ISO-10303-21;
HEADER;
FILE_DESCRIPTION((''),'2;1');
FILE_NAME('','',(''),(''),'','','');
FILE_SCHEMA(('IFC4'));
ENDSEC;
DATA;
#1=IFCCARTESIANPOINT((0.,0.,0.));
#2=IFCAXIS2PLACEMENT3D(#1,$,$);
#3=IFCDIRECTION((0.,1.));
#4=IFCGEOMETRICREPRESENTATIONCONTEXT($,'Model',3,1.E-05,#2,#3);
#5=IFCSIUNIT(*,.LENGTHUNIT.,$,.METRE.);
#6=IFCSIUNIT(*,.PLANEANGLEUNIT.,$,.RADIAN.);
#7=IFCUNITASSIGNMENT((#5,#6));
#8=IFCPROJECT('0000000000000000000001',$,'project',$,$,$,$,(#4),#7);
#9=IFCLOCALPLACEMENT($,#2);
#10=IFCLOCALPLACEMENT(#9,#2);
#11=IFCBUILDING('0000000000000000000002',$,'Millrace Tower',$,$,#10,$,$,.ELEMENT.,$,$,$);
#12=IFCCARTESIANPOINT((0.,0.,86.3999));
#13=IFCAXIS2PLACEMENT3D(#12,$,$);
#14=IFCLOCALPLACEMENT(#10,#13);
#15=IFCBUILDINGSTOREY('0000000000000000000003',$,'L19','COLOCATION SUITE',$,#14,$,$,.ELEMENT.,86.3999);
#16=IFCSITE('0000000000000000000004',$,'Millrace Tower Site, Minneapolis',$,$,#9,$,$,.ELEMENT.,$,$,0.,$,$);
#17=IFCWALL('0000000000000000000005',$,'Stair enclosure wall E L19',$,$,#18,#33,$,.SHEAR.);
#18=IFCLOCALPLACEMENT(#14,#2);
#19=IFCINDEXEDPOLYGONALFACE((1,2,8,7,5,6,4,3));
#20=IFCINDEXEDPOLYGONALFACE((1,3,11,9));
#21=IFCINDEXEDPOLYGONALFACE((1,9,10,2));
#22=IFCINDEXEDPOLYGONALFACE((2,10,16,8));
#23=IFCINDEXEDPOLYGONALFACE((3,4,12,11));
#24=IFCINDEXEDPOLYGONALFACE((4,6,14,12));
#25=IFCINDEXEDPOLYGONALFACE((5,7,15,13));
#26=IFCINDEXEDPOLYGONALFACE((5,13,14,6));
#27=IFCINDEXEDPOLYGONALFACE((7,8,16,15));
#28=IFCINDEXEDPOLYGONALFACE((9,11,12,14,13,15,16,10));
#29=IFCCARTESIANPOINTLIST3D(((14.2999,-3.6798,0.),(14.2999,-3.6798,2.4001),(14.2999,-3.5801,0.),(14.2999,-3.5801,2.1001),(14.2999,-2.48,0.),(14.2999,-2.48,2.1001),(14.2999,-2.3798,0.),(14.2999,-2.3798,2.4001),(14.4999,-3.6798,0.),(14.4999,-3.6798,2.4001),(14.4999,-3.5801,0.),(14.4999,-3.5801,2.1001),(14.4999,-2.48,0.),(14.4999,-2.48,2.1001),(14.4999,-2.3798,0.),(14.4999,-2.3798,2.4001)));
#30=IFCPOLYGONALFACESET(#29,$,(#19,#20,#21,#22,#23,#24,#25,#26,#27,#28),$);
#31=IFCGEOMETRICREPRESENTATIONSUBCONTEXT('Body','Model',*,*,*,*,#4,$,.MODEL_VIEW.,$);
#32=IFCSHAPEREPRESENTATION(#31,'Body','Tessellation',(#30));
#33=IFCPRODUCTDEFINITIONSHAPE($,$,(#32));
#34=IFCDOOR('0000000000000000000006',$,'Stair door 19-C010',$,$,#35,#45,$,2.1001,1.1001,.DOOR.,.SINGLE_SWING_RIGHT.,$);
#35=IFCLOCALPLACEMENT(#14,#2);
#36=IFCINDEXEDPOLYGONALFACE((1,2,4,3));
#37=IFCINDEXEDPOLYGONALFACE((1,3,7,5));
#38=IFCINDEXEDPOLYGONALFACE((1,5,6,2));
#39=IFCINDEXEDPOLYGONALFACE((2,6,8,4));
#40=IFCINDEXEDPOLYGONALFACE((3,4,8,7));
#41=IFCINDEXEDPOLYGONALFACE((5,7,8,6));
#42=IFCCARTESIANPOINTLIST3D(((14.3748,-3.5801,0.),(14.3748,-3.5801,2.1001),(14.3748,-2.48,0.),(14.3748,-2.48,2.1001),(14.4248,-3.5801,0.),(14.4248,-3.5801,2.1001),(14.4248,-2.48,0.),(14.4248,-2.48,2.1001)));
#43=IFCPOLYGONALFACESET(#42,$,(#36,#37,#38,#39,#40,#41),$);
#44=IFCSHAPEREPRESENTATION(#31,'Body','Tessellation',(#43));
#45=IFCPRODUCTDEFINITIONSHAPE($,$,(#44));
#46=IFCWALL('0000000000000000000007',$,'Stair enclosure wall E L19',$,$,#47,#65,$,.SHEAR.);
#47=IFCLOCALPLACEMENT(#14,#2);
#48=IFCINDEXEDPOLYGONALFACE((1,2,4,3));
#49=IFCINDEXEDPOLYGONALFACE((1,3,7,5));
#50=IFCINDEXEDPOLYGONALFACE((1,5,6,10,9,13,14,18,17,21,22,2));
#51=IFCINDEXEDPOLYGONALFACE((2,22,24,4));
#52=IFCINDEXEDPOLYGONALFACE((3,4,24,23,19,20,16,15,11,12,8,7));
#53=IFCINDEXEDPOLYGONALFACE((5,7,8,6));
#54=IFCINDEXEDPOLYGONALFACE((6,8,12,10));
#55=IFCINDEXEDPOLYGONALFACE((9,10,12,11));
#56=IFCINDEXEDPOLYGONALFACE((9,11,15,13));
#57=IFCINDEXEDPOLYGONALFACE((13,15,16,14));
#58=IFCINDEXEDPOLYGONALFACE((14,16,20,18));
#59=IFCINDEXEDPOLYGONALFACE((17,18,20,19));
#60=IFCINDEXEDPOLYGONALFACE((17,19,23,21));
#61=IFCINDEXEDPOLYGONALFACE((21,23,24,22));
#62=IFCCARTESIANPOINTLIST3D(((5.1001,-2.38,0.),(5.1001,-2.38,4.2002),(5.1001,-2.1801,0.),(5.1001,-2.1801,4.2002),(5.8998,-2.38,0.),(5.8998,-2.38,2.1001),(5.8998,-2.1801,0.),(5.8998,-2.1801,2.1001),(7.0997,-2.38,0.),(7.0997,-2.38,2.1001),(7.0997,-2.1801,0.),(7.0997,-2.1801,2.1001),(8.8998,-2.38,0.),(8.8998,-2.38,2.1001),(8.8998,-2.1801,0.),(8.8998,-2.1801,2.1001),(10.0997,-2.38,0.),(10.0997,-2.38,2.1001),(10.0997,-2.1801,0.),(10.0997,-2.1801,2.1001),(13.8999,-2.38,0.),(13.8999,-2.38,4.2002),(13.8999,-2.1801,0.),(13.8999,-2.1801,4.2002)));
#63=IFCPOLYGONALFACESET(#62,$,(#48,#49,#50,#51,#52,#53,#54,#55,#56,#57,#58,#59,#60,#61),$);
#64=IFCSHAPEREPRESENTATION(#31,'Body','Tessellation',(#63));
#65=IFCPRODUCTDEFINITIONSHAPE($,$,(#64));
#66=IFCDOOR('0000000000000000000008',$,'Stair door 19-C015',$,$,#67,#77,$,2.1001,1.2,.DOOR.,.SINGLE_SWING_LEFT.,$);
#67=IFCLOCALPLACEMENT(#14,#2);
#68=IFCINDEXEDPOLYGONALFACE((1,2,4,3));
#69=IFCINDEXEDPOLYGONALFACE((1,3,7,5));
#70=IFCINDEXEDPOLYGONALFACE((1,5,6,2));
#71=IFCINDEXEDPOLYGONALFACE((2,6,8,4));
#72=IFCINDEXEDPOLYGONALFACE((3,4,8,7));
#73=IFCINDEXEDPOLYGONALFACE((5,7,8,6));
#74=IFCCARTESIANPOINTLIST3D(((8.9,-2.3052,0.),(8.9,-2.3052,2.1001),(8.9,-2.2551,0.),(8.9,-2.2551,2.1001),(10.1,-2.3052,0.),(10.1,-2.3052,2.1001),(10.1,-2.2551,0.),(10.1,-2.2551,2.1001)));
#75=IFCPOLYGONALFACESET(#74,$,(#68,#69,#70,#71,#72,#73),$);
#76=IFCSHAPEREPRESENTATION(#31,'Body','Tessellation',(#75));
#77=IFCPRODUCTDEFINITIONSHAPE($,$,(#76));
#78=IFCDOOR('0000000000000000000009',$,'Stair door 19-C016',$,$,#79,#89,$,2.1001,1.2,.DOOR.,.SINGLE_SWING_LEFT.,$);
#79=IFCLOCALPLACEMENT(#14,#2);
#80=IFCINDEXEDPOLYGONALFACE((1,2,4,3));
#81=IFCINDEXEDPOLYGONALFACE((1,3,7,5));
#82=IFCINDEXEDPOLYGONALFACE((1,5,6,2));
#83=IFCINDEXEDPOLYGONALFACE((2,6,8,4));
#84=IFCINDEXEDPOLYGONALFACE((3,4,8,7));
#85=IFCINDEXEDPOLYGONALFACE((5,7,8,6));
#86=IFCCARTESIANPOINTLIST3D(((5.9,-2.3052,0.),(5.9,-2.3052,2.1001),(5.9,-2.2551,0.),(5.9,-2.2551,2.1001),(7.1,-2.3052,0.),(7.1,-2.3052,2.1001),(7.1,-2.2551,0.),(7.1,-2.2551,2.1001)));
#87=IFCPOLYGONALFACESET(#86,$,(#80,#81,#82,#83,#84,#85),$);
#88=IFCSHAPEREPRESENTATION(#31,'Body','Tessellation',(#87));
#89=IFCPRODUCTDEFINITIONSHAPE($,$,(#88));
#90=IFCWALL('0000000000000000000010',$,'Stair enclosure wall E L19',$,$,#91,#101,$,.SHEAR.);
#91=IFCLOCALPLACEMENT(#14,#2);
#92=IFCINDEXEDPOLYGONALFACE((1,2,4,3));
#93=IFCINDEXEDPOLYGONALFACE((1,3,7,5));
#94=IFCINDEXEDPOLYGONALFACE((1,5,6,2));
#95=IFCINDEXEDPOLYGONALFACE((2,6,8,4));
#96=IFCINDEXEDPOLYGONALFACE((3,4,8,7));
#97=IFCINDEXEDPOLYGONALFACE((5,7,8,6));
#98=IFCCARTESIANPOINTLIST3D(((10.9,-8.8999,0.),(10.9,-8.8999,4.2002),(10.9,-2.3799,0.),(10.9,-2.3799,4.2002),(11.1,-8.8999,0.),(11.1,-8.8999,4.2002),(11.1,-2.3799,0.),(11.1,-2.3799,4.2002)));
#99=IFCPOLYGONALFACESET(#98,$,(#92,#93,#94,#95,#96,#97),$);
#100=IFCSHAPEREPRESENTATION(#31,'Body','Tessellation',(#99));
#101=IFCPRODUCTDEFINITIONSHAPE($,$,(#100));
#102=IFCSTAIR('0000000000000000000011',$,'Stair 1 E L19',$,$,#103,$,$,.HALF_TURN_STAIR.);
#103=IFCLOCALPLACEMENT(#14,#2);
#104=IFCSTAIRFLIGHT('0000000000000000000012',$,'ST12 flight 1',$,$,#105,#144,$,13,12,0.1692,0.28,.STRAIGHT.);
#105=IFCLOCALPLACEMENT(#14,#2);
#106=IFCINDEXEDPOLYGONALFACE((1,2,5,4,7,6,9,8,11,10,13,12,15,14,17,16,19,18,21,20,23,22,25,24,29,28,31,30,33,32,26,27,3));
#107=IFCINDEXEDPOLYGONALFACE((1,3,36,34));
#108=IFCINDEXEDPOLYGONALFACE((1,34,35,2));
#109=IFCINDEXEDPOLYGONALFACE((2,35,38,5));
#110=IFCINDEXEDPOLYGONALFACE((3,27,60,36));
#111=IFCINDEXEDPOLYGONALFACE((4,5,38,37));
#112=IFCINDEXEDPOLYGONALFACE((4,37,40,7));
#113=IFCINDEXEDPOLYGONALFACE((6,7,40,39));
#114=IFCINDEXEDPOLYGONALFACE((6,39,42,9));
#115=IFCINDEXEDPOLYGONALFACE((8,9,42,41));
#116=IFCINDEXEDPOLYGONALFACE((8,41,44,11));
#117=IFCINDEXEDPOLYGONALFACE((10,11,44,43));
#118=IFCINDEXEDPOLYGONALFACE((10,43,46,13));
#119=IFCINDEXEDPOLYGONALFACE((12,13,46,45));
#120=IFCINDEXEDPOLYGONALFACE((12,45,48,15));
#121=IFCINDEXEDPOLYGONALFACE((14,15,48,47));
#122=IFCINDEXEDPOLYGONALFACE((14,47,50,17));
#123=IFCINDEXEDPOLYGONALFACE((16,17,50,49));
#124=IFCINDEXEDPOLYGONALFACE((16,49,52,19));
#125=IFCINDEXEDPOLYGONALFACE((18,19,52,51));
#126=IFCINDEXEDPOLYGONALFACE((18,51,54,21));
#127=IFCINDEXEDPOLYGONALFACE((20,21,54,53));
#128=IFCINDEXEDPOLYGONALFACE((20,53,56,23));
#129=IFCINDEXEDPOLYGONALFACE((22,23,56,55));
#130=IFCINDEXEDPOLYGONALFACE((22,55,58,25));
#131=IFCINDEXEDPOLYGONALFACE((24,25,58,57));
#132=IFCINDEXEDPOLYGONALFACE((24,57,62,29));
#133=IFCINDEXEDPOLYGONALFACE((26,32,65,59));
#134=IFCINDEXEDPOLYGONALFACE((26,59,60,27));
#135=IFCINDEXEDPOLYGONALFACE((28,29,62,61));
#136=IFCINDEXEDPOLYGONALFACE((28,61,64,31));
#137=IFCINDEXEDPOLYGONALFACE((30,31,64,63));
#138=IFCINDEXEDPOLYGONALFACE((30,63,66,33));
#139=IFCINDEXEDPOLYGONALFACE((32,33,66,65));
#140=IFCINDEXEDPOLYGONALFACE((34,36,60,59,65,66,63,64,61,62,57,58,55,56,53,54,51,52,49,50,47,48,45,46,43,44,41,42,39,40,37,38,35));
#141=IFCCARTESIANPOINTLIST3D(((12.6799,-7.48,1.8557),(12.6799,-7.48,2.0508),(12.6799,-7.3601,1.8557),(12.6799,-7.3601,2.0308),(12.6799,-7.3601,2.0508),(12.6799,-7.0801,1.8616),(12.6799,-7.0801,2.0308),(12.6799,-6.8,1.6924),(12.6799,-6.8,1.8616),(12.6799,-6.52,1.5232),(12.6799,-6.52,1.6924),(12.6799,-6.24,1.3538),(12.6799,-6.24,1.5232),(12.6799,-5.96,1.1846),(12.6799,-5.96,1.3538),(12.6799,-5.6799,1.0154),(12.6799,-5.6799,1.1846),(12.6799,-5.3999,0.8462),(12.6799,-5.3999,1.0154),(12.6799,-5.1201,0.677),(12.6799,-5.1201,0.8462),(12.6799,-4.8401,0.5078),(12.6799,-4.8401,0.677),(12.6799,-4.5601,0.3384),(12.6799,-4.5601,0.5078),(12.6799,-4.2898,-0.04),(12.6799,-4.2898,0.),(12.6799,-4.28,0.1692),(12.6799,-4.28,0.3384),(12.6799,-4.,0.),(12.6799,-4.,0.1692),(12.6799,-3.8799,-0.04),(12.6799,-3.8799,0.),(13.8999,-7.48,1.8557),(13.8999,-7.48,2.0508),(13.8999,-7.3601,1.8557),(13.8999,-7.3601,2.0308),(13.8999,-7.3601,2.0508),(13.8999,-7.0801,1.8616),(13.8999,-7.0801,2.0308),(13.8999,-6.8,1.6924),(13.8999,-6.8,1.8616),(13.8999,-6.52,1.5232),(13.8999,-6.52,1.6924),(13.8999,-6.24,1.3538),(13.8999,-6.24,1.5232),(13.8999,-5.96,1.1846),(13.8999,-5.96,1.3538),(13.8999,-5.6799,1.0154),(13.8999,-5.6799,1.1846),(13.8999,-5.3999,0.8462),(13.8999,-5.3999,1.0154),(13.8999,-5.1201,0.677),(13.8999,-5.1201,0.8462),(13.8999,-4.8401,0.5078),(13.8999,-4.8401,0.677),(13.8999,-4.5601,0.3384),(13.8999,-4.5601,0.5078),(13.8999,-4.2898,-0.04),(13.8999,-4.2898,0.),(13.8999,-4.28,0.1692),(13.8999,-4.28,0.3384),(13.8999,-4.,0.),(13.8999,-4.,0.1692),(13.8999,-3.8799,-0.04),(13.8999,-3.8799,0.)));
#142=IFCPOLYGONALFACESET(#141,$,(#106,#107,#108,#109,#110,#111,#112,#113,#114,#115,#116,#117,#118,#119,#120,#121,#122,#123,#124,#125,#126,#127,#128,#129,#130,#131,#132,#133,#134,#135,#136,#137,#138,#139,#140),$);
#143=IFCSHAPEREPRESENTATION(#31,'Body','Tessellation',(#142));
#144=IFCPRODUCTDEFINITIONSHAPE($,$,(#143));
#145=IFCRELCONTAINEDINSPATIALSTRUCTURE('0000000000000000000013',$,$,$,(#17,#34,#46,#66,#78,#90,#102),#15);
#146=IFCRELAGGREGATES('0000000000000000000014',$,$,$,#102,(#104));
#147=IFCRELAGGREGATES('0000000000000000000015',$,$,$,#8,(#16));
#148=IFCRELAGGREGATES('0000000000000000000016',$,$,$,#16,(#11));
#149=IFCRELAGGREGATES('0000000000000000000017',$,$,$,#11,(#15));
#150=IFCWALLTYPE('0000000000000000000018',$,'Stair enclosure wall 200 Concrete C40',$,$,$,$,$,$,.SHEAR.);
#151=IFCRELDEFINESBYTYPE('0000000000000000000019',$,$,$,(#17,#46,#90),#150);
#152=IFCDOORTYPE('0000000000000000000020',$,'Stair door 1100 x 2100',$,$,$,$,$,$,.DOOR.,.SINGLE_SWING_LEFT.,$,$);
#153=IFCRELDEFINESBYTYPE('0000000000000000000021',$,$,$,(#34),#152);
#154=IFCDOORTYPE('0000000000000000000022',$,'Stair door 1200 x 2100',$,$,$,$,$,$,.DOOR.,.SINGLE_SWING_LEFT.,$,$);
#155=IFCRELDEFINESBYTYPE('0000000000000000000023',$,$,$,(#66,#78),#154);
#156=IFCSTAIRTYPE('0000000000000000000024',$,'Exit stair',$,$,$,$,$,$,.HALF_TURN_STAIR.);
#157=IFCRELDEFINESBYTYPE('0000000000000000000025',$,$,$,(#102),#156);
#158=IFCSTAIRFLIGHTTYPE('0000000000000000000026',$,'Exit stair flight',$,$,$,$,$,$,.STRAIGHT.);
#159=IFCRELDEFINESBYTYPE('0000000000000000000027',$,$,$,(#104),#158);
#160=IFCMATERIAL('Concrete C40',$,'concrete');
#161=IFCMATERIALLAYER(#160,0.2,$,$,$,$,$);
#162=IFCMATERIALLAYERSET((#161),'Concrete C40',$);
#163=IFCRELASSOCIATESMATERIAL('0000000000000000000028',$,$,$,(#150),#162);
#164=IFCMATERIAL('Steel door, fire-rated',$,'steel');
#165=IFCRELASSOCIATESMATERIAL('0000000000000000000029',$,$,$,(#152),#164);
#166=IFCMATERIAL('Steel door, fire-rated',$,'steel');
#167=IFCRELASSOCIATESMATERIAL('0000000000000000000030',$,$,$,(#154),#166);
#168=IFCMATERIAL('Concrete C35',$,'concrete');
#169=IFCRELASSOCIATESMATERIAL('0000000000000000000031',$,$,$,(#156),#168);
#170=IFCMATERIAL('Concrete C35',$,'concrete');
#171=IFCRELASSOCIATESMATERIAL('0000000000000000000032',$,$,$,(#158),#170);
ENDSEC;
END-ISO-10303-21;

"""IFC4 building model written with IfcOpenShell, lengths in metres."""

from ifc_helpers import new_model, si_unit, direction, frame, frame_2d, origin, place, context, subcontext, project, spatial, polyline, rectangle, outline, extrude, material, layer, layer_set, type_object, element, fill, aggregate, save


model = new_model("IFC4")

# Units and contexts
model_context = context("Model", 3, precision=1e-05, world=origin(), true_north=direction((0.0, 1.0)))
body_context = subcontext(model_context, "Body", "Model", "MODEL_VIEW")
ifc_project = project(units=[si_unit("LENGTHUNIT", "METRE"), si_unit("PLANEANGLEUNIT", "RADIAN")], contexts=[model_context])

# Site, building, storey
site_placement = place(None, origin())
site = spatial("IfcSite", under=ifc_project, at=site_placement, Name="Millrace Tower Site, Minneapolis", CompositionType="ELEMENT", RefElevation=0.0)
building_placement = place(site_placement, origin())
building = spatial("IfcBuilding", under=site, at=building_placement, Name="Millrace Tower", CompositionType="ELEMENT")
storey_placement = place(building_placement, frame((0.0, 0.0, 86.3999)))
storey = spatial("IfcBuildingStorey", under=building, at=storey_placement, Name="L19", Description="COLOCATION SUITE", CompositionType="ELEMENT", Elevation=86.3999)

# Shared definitions
placement = place(storey_placement, origin())

# Wall, opening, door
ifc_material_1 = material(Name="Concrete C40", Category="concrete")
ifc_layer_1 = layer(ifc_material_1, 0.2)
ifc_layer_set_1 = layer_set([ifc_layer_1], Name="Concrete C40")
wall_type_1 = type_object("IfcWallType", Name="Stair enclosure wall 200 Concrete C40", PredefinedType="SHEAR", material=ifc_layer_set_1)
wall_1_placement = place(storey_placement, frame((14.3999, -2.3799, 0.0), z_axis=(0.0, 0.0, 1.0), x_axis=(0.0, -1.0, 0.0)))
wall_1 = element("IfcWall", 1, at=wall_1_placement, inside=storey, type_object=wall_type_1, Name="Stair enclosure wall E L19", PredefinedType="SHEAR", context=body_context, shape_type="SweptSolid", body=[
    extrude(rectangle(XDim=1.3, YDim=0.2, at=frame_2d((0.6499, 0.0))), origin(), (0.0, 0.0, 1.0), 2.4001),
])
opening_1_placement = place(wall_1_placement, frame((0.1001, 0.0, 0.0)))
opening_1 = element("IfcOpeningElement", 2, at=opening_1_placement, cuts=wall_1, PredefinedType="OPENING", context=body_context, shape_type="SweptSolid", body=[
    extrude(rectangle(XDim=1.1001, YDim=2.1001, at=frame_2d((0.55, 1.05))), frame((0.0, 0.1099, 0.0), z_axis=(0.0, -1.0, 0.0), x_axis=(1.0, 0.0, 0.0)), (0.0, 0.0, 1.0), 0.22),
])
ifc_material_2 = material(Name="Steel door, fire-rated", Category="steel")
door_type_1 = type_object("IfcDoorType", Name="Stair door 1100 x 2100", OperationType="SINGLE_SWING_LEFT", PredefinedType="DOOR", material=ifc_material_2)
door_1_placement = place(opening_1_placement, origin())
door_1 = element("IfcDoor", 3, at=door_1_placement, inside=storey, type_object=door_type_1, Name="Stair door 19-C010", OperationType="SINGLE_SWING_RIGHT", OverallHeight=2.1001, OverallWidth=1.1001, PredefinedType="DOOR", context=body_context, shape_type="SweptSolid", body=[
    extrude(rectangle(XDim=1.1001, YDim=2.1001, at=frame_2d((0.55, 1.05))), frame((0.0, 0.0249, 0.0), z_axis=(0.0, -1.0, 0.0), x_axis=(1.0, 0.0, 0.0)), (0.0, 0.0, 1.0), 0.05),
])
fill(opening_1, door_1)

# Wall, openings, doors
wall_2_placement = place(storey_placement, frame((13.8999, -2.28, 0.0), z_axis=(0.0, 0.0, 1.0), x_axis=(-1.0, 0.0, 0.0)))
wall_2 = element("IfcWall", 4, at=wall_2_placement, inside=storey, type_object=wall_type_1, Name="Stair enclosure wall E L19", PredefinedType="SHEAR", context=body_context, shape_type="SweptSolid", body=[
    extrude(rectangle(XDim=8.7998, YDim=0.2, at=frame_2d((4.3999, 0.0))), origin(), (0.0, 0.0, 1.0), 4.2002),
])
opening_2_placement = place(wall_2_placement, frame((3.8, 0.0, 0.0)))
opening_2 = element("IfcOpeningElement", 5, at=opening_2_placement, cuts=wall_2, PredefinedType="OPENING", context=body_context, shape_type="SweptSolid", body=[
    extrude(rectangle(XDim=1.2, YDim=2.1001, at=frame_2d((0.6001, 1.05))), frame((0.0, 0.1099, 0.0), z_axis=(0.0, -1.0, 0.0), x_axis=(1.0, 0.0, 0.0)), (0.0, 0.0, 1.0), 0.22),
])
opening_3_placement = place(wall_2_placement, frame((6.8, 0.0, 0.0)))
opening_3 = element("IfcOpeningElement", 6, at=opening_3_placement, cuts=wall_2, PredefinedType="OPENING", context=body_context, shape_type="SweptSolid", body=[
    extrude(rectangle(XDim=1.2, YDim=2.1001, at=frame_2d((0.6001, 1.05))), frame((0.0, 0.1099, 0.0), z_axis=(0.0, -1.0, 0.0), x_axis=(1.0, 0.0, 0.0)), (0.0, 0.0, 1.0), 0.22),
])
ifc_material_3 = material(Name="Steel door, fire-rated", Category="steel")
door_type_2 = type_object("IfcDoorType", Name="Stair door 1200 x 2100", OperationType="SINGLE_SWING_LEFT", PredefinedType="DOOR", material=ifc_material_3)
door_2_placement = place(opening_2_placement, frame((1.2, 0.0, 0.0), z_axis=(0.0, 0.0, 1.0), x_axis=(-1.0, 0.0, 0.0)))
door_2 = element("IfcDoor", 7, at=door_2_placement, inside=storey, type_object=door_type_2, Name="Stair door 19-C015", OperationType="SINGLE_SWING_LEFT", OverallHeight=2.1001, OverallWidth=1.2, PredefinedType="DOOR", context=body_context, shape_type="SweptSolid", body=[
    extrude(rectangle(XDim=1.2, YDim=2.1001, at=frame_2d((0.6001, 1.05))), frame((0.0, 0.0249, 0.0), z_axis=(0.0, -1.0, 0.0), x_axis=(1.0, 0.0, 0.0)), (0.0, 0.0, 1.0), 0.05),
])
fill(opening_2, door_2)
door_3_placement = place(opening_3_placement, frame((1.2, 0.0, 0.0), z_axis=(0.0, 0.0, 1.0), x_axis=(-1.0, 0.0, 0.0)))
door_3 = element("IfcDoor", 8, at=door_3_placement, inside=storey, type_object=door_type_2, Name="Stair door 19-C016", OperationType="SINGLE_SWING_LEFT", OverallHeight=2.1001, OverallWidth=1.2, PredefinedType="DOOR", context=body_context, shape_type="SweptSolid", body=[
    extrude(rectangle(XDim=1.2, YDim=2.1001, at=frame_2d((0.6001, 1.05))), frame((0.0, 0.0249, 0.0), z_axis=(0.0, -1.0, 0.0), x_axis=(1.0, 0.0, 0.0)), (0.0, 0.0, 1.0), 0.05),
])
fill(opening_3, door_3)

# Wall
wall_3_placement = place(storey_placement, frame((11.0, -2.3799, 0.0), z_axis=(0.0, 0.0, 1.0), x_axis=(0.0, -1.0, 0.0)))
element("IfcWall", 9, at=wall_3_placement, inside=storey, type_object=wall_type_1, Name="Stair enclosure wall E L19", PredefinedType="SHEAR", context=body_context, shape_type="SweptSolid", body=[
    extrude(rectangle(XDim=6.52, YDim=0.2, at=frame_2d((3.26, 0.0))), origin(), (0.0, 0.0, 1.0), 4.2002),
])

# Stair, stair flight
ifc_material_4 = material(Name="Concrete C35", Category="concrete")
stair_type = type_object("IfcStairType", Name="Exit stair", PredefinedType="HALF_TURN_STAIR", material=ifc_material_4)
stair = element("IfcStair", 10, at=placement, inside=storey, type_object=stair_type, Name="Stair 1 E L19", PredefinedType="HALF_TURN_STAIR")
ifc_material_5 = material(Name="Concrete C35", Category="concrete")
stair_flight_type = type_object("IfcStairFlightType", Name="Exit stair flight", PredefinedType="STRAIGHT", material=ifc_material_5)
stair_flight_1_placement = place(storey_placement, frame((13.29, -4.0, 0.0), z_axis=(0.0, 0.0, 1.0), x_axis=(0.0, -1.0, 0.0)))
stair_flight_1 = element("IfcStairFlight", 11, at=stair_flight_1_placement, type_object=stair_flight_type, Name="ST12 flight 1", NumberOfRisers=13, NumberOfTreads=12, PredefinedType="STRAIGHT", RiserHeight=0.1692, TreadLength=0.28, context=body_context, shape_type="SweptSolid", body=[
    extrude(outline(polyline([(-0.1201, -0.04), (-0.1201, 0.0), (0.0, 0.0), (0.0, 0.1692), (0.28, 0.1692), (0.28, 0.3384), (0.5601, 0.3384), (0.5601, 0.5078), (0.8401, 0.5078), (0.8401, 0.677), (1.1201, 0.677), (1.1201, 0.8462), (1.3999, 0.8462), (1.3999, 1.0154), (1.6799, 1.0154), (1.6799, 1.1846), (1.96, 1.1846), (1.96, 1.3538), (2.24, 1.3538), (2.24, 1.5232), (2.52, 1.5232), (2.52, 1.6924), (2.8, 1.6924), (2.8, 1.8616), (3.0801, 1.8616), (3.0801, 2.0308), (3.3601, 2.0308), (3.3601, 2.0508), (3.48, 2.0508), (3.48, 1.8557), (3.3601, 1.8557), (0.2898, 0.0), (0.2898, -0.04), (-0.1201, -0.04)])), frame((0.0, 0.6099, 0.0), z_axis=(0.0, -1.0, 0.0), x_axis=(1.0, 0.0, 0.0)), (0.0, 0.0, 1.0), 1.22),
])
aggregate(stair, [stair_flight_1])

save(model, "model.ifc")
